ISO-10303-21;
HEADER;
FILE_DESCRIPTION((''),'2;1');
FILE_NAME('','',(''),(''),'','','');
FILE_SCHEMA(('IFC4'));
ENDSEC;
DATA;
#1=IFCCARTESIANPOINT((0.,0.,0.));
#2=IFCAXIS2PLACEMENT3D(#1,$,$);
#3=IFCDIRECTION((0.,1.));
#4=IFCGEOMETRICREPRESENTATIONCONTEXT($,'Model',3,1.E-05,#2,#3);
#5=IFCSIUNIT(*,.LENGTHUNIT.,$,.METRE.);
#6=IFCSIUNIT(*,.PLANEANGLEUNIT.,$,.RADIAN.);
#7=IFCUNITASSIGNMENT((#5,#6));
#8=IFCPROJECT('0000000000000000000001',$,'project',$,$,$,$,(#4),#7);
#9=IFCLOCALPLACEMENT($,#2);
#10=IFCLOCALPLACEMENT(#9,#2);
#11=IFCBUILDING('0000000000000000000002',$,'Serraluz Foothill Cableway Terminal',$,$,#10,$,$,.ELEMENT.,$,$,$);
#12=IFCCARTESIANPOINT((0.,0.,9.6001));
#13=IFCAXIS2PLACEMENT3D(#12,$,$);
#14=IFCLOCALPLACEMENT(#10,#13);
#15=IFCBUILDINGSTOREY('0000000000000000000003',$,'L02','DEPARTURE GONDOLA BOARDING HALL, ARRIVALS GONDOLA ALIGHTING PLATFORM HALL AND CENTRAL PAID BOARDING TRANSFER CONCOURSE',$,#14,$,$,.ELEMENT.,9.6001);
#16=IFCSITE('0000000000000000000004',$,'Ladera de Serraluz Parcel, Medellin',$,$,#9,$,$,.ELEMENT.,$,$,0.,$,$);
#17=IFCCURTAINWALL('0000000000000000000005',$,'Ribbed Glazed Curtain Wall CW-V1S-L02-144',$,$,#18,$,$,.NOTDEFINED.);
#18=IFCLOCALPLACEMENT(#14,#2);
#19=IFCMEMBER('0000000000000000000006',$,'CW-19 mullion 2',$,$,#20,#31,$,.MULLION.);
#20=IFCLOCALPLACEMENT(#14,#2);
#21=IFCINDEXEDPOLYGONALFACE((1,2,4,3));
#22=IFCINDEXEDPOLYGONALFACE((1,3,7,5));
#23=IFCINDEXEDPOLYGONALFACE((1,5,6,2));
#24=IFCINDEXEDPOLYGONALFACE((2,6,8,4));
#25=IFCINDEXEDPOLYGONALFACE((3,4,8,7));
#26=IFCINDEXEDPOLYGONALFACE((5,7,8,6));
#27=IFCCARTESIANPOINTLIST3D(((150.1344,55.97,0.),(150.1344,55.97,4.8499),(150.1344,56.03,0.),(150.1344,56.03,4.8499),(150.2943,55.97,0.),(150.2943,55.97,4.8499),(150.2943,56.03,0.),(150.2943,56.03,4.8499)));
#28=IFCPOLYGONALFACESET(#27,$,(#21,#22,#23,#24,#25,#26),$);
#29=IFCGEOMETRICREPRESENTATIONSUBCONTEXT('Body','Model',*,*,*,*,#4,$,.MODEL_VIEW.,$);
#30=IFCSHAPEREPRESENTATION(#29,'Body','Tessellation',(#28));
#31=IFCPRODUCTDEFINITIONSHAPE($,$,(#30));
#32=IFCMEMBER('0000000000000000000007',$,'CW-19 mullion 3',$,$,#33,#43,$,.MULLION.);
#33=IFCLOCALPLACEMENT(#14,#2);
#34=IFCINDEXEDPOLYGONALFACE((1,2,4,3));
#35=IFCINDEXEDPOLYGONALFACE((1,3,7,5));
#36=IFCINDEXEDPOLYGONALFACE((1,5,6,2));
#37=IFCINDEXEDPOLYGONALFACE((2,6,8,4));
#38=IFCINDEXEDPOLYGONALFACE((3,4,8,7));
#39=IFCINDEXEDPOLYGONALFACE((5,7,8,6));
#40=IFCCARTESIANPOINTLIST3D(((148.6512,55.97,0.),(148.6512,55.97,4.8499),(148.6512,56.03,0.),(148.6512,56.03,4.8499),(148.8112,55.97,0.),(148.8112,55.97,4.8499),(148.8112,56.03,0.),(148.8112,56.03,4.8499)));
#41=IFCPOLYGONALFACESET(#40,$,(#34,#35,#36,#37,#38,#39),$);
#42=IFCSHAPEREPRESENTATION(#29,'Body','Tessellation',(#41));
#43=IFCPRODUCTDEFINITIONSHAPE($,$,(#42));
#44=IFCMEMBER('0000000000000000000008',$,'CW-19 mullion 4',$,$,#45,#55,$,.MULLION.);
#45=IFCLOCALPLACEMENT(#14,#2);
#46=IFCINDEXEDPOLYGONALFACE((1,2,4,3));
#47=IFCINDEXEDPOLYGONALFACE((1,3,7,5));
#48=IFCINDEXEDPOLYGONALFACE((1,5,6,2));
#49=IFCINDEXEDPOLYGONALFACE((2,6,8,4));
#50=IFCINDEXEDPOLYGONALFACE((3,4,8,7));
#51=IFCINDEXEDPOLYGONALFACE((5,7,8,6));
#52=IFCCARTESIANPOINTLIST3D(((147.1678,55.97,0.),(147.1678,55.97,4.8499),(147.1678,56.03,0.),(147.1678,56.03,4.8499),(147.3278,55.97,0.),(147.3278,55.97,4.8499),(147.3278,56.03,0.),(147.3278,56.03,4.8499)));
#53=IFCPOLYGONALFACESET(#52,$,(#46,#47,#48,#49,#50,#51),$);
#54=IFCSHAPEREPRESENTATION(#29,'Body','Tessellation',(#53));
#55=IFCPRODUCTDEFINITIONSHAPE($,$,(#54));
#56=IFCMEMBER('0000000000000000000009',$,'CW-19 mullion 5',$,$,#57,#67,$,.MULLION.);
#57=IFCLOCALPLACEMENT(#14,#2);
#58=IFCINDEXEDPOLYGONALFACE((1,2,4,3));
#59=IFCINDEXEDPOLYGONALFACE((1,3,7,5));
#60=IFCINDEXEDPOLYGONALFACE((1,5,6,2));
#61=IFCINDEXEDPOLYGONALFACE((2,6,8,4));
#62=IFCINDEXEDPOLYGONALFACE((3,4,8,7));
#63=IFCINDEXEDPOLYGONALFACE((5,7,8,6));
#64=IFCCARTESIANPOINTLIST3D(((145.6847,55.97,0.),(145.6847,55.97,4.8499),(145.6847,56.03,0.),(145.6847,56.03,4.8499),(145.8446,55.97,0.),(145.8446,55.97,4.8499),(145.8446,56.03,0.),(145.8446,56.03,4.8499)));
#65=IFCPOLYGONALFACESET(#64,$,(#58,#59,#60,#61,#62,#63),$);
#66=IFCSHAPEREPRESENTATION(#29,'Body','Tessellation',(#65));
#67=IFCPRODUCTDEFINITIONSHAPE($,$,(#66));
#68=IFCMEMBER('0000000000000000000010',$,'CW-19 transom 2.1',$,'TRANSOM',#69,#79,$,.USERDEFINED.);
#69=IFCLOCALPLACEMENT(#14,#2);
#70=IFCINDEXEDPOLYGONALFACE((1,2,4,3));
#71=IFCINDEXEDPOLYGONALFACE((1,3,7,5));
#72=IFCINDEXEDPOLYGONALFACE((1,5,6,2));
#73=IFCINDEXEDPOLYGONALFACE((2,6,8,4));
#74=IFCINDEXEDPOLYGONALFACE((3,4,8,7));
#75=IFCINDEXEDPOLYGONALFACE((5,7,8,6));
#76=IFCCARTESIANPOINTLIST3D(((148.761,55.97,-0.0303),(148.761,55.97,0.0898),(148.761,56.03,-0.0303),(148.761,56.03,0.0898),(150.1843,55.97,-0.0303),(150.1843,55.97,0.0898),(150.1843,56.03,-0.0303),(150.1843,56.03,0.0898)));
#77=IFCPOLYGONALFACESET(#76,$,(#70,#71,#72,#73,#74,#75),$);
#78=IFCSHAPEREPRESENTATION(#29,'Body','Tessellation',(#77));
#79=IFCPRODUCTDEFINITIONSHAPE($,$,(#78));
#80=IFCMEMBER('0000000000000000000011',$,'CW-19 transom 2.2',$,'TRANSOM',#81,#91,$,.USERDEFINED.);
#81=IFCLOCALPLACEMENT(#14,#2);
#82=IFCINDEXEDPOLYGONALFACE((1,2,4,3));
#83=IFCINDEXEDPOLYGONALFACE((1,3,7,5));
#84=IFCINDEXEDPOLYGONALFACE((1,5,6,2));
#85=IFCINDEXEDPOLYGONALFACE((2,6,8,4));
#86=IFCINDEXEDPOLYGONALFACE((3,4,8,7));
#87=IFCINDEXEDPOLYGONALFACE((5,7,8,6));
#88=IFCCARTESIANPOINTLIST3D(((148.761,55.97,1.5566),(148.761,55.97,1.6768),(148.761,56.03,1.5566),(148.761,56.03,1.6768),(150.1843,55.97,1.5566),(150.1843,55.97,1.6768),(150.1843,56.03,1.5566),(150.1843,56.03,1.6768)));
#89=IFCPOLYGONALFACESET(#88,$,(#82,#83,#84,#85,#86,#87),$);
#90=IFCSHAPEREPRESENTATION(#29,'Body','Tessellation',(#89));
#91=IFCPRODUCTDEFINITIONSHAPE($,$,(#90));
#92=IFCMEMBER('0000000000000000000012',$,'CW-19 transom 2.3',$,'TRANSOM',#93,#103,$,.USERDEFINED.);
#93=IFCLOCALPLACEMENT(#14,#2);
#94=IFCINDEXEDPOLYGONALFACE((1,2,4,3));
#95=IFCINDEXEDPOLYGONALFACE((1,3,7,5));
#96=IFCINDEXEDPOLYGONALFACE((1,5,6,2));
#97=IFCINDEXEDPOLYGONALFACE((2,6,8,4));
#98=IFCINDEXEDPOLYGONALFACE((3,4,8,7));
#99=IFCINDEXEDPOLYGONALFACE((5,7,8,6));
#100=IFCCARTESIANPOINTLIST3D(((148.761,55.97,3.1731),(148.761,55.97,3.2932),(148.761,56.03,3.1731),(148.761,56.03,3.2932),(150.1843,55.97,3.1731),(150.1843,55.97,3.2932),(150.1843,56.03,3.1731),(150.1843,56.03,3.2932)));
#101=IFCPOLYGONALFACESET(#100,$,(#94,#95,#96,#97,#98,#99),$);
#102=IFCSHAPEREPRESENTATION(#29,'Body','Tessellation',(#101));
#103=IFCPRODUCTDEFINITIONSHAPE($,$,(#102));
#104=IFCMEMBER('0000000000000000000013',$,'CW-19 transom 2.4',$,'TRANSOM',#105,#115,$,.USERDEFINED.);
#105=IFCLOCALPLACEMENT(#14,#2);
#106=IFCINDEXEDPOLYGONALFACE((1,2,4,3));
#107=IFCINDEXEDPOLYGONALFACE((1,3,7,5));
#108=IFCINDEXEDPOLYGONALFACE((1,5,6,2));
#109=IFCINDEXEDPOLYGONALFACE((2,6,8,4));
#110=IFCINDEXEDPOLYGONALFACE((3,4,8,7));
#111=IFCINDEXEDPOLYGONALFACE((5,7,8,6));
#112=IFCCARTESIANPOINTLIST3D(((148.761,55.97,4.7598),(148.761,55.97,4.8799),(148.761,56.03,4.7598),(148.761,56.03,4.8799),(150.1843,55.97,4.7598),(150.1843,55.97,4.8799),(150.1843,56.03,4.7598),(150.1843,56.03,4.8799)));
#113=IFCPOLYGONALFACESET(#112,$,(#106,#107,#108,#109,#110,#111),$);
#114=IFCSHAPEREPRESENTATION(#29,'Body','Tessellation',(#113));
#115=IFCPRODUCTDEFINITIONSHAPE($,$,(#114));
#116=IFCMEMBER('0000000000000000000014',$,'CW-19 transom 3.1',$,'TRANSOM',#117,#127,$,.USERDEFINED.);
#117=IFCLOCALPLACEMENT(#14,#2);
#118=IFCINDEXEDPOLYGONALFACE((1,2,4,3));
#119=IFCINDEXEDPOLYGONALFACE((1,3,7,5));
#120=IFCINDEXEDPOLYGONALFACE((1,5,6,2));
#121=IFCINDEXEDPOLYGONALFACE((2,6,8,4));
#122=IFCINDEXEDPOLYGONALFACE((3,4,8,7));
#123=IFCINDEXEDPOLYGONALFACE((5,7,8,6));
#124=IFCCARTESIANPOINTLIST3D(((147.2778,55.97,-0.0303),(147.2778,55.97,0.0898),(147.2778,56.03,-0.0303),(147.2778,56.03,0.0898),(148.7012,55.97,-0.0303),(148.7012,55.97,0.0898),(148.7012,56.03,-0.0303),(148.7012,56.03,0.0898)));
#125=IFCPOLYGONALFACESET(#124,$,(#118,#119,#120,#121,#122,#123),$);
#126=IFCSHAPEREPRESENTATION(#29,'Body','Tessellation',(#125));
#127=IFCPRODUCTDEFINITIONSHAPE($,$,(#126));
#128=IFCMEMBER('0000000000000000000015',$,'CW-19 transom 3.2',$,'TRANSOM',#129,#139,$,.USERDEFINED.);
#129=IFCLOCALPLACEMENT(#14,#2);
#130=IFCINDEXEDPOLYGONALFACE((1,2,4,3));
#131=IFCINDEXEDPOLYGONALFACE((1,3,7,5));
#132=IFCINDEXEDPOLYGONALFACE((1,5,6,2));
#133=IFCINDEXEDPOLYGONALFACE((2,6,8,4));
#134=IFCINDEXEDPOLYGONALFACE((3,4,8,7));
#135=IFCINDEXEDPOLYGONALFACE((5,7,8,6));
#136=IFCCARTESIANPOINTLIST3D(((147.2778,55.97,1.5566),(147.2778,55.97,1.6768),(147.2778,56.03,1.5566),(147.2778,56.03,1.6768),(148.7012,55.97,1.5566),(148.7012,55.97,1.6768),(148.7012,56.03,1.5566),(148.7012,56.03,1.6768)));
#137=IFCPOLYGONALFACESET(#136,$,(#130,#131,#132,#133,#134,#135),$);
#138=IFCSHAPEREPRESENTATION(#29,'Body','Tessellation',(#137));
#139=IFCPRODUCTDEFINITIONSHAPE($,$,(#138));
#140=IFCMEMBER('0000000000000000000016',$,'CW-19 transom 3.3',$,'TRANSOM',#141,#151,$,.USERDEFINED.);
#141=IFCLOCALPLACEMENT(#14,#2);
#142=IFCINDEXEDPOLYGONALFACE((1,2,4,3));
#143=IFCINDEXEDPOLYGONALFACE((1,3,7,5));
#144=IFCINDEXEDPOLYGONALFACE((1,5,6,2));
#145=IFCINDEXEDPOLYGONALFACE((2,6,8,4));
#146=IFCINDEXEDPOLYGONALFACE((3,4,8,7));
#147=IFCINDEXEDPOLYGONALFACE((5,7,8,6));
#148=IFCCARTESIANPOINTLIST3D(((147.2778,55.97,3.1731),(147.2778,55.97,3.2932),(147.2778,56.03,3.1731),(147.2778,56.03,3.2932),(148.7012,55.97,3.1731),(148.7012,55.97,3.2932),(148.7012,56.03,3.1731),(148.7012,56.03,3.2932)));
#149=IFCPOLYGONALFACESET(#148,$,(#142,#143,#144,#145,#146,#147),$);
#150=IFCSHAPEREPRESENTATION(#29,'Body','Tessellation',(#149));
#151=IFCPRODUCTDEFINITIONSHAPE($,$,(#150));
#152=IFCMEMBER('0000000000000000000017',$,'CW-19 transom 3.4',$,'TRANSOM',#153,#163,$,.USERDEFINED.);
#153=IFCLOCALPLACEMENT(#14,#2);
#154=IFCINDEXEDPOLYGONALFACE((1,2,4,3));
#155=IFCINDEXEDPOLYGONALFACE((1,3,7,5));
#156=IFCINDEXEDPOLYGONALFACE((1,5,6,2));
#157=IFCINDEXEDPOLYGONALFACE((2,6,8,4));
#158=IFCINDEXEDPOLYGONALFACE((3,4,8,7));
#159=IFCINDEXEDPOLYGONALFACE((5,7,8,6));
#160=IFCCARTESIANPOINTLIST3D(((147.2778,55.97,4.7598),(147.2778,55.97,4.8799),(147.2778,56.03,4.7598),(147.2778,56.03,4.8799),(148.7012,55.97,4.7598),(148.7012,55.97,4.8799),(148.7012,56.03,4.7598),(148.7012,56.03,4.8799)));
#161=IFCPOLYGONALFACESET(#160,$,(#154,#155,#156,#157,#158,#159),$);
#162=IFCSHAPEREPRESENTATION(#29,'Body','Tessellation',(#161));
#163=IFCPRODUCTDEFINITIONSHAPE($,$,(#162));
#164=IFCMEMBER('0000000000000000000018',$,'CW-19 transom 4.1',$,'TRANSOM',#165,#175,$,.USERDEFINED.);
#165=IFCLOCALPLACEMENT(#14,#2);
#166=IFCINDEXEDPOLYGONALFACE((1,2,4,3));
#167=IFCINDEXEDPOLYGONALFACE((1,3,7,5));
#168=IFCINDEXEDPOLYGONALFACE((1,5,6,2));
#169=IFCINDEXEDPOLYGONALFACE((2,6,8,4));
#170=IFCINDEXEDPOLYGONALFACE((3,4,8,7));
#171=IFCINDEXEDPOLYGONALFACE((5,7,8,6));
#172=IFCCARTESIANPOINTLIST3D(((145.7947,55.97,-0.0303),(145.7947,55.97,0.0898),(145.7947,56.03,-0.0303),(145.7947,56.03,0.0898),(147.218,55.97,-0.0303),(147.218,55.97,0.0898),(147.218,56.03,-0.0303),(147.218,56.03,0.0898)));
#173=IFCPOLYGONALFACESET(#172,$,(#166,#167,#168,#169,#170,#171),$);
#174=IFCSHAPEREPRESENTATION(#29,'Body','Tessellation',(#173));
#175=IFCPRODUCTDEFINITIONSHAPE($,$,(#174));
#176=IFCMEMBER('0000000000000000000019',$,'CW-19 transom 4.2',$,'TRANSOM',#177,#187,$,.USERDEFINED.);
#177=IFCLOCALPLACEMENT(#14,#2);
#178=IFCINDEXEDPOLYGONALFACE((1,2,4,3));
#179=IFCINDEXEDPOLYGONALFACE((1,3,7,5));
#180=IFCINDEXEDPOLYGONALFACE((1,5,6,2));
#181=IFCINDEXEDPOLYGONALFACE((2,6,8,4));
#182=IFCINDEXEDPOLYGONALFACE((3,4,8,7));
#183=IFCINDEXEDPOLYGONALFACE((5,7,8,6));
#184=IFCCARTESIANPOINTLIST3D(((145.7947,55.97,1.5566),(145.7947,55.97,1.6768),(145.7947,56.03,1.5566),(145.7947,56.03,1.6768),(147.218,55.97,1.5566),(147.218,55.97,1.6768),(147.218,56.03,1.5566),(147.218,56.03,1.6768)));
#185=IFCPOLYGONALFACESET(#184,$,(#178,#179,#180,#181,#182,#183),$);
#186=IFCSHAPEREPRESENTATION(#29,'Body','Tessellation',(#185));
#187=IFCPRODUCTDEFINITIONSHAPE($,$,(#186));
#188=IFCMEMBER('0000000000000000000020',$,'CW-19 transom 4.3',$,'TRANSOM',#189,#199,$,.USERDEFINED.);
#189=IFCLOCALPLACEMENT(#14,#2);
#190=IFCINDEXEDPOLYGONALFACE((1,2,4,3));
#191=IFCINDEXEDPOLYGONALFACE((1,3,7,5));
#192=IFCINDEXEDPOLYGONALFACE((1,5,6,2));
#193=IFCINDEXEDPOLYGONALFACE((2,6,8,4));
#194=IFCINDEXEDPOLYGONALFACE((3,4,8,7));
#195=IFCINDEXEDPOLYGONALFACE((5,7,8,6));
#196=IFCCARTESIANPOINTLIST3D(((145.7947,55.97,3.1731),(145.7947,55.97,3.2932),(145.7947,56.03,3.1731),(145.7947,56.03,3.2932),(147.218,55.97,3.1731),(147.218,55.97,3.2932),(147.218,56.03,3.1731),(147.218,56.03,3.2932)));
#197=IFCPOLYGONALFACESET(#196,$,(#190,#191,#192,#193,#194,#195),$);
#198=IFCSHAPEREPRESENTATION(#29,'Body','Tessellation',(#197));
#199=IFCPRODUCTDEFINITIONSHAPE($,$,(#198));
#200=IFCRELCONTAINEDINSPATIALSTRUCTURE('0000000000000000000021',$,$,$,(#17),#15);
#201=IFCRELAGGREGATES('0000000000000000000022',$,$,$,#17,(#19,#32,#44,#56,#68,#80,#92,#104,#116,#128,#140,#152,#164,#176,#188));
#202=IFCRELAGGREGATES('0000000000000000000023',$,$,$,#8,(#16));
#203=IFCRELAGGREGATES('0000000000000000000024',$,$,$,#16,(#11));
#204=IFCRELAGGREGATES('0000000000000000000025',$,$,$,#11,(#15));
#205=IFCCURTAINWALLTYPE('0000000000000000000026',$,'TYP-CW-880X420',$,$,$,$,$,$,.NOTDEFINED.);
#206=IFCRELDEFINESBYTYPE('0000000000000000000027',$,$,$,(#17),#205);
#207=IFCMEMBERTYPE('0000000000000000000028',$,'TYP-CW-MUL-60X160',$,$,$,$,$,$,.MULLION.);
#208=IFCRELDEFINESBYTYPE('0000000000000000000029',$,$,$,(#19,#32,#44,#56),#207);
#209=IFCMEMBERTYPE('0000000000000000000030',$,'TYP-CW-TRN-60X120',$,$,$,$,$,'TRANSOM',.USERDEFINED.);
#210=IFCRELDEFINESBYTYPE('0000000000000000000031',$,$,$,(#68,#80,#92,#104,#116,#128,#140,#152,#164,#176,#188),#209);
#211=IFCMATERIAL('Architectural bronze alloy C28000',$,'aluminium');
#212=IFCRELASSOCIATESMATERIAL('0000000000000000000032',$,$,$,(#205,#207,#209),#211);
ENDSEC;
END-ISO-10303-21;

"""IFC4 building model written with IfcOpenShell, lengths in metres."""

from ifc_helpers import new_model, si_unit, direction, frame, origin, origin_2d, place, context, subcontext, project, spatial, rectangle, extrude, material, material_profile, profile_set, type_object, element, aggregate, save


model = new_model("IFC4")

# Units and contexts
model_context = context("Model", 3, precision=1e-05, world=origin(), true_north=direction((0.0, 1.0)))
body_context = subcontext(model_context, "Body", "Model", "MODEL_VIEW")
ifc_project = project(units=[si_unit("LENGTHUNIT", "METRE"), si_unit("PLANEANGLEUNIT", "RADIAN")], contexts=[model_context])

# Site, building, storey
site_placement = place(None, origin())
site = spatial("IfcSite", under=ifc_project, at=site_placement, Name="Ladera de Serraluz Parcel, Medellin", CompositionType="ELEMENT", RefElevation=0.0)
building_placement = place(site_placement, origin())
building = spatial("IfcBuilding", under=site, at=building_placement, Name="Serraluz Foothill Cableway Terminal", CompositionType="ELEMENT")
storey_placement = place(building_placement, frame((0.0, 0.0, 9.6001)))
storey = spatial("IfcBuildingStorey", under=building, at=storey_placement, Name="L02", Description="DEPARTURE GONDOLA BOARDING HALL, ARRIVALS GONDOLA ALIGHTING PLATFORM HALL AND CENTRAL PAID BOARDING TRANSFER CONCOURSE", CompositionType="ELEMENT", Elevation=9.6001)

# Curtain wall, members
ifc_material_1 = material(Name="Architectural bronze alloy C28000", Category="aluminium")
curtain_wall_type = type_object("IfcCurtainWallType", Name="TYP-CW-880X420", PredefinedType="NOTDEFINED", material=ifc_material_1)
curtain_wall_placement = place(storey_placement, origin())
curtain_wall = element("IfcCurtainWall", 1, at=curtain_wall_placement, inside=storey, type_object=curtain_wall_type, Name="Ribbed Glazed Curtain Wall CW-V1S-L02-144", PredefinedType="NOTDEFINED")
ifc_material_profile_1 = material_profile(ifc_material_1, rectangle(XDim=0.0601, YDim=0.1599, at=origin_2d()), Name="ALU MULLION 60x160")
ifc_profile_set_1 = profile_set([ifc_material_profile_1], Name="Architectural bronze alloy C28000")
member_type_1 = type_object("IfcMemberType", Name="TYP-CW-MUL-60X160", PredefinedType="MULLION", material=ifc_profile_set_1)
member_1_placement = place(storey_placement, frame((150.2144, 56.0, 0.0), z_axis=(0.0, 0.0, 1.0), x_axis=(0.0, -1.0, 0.0)))
member_1 = element("IfcMember", 2, at=member_1_placement, type_object=member_type_1, Name="CW-19 mullion 2", PredefinedType="MULLION", context=body_context, shape_type="SweptSolid", body=[
    extrude(rectangle(XDim=0.0601, YDim=0.1599, at=origin_2d()), origin(), (0.0, 0.0, 1.0), 4.8499),
])
member_2_placement = place(storey_placement, frame((148.7312, 56.0, 0.0), z_axis=(0.0, 0.0, 1.0), x_axis=(0.0, -1.0, 0.0)))
member_2 = element("IfcMember", 3, at=member_2_placement, type_object=member_type_1, Name="CW-19 mullion 3", PredefinedType="MULLION", context=body_context, shape_type="SweptSolid", body=[
    extrude(rectangle(XDim=0.0601, YDim=0.1599, at=origin_2d()), origin(), (0.0, 0.0, 1.0), 4.8499),
])
member_3_placement = place(storey_placement, frame((147.2478, 56.0, 0.0), z_axis=(0.0, 0.0, 1.0), x_axis=(0.0, -1.0, 0.0)))
member_3 = element("IfcMember", 4, at=member_3_placement, type_object=member_type_1, Name="CW-19 mullion 4", PredefinedType="MULLION", context=body_context, shape_type="SweptSolid", body=[
    extrude(rectangle(XDim=0.0601, YDim=0.1599, at=origin_2d()), origin(), (0.0, 0.0, 1.0), 4.8499),
])
member_4_placement = place(storey_placement, frame((145.7646, 56.0, 0.0), z_axis=(0.0, 0.0, 1.0), x_axis=(0.0, -1.0, 0.0)))
member_4 = element("IfcMember", 5, at=member_4_placement, type_object=member_type_1, Name="CW-19 mullion 5", PredefinedType="MULLION", context=body_context, shape_type="SweptSolid", body=[
    extrude(rectangle(XDim=0.0601, YDim=0.1599, at=origin_2d()), origin(), (0.0, 0.0, 1.0), 4.8499),
])
ifc_material_profile_2 = material_profile(ifc_material_1, rectangle(XDim=0.0601, YDim=0.1201, at=origin_2d()), Name="ALU TRANSOM 60x120")
ifc_profile_set_2 = profile_set([ifc_material_profile_2], Name="Architectural bronze alloy C28000")
member_type_2 = type_object("IfcMemberType", Name="TYP-CW-TRN-60X120", ElementType="TRANSOM", PredefinedType="USERDEFINED", material=ifc_profile_set_2)
member_5_placement = place(storey_placement, frame((150.1843, 56.0, 0.0298), z_axis=(-1.0, 0.0, 0.0), x_axis=(0.0, -1.0, 0.0)))
member_5 = element("IfcMember", 6, at=member_5_placement, type_object=member_type_2, Name="CW-19 transom 2.1", ObjectType="TRANSOM", PredefinedType="USERDEFINED", context=body_context, shape_type="SweptSolid", body=[
    extrude(rectangle(XDim=0.0601, YDim=0.1201, at=origin_2d()), origin(), (0.0, 0.0, 1.0), 1.4233),
])
member_6_placement = place(storey_placement, frame((150.1843, 56.0, 1.6167), z_axis=(-1.0, 0.0, 0.0), x_axis=(0.0, -1.0, 0.0)))
member_6 = element("IfcMember", 7, at=member_6_placement, type_object=member_type_2, Name="CW-19 transom 2.2", ObjectType="TRANSOM", PredefinedType="USERDEFINED", context=body_context, shape_type="SweptSolid", body=[
    extrude(rectangle(XDim=0.0601, YDim=0.1201, at=origin_2d()), origin(), (0.0, 0.0, 1.0), 1.4233),
])
member_7_placement = place(storey_placement, frame((150.1843, 56.0, 3.2332), z_axis=(-1.0, 0.0, 0.0), x_axis=(0.0, -1.0, 0.0)))
member_7 = element("IfcMember", 8, at=member_7_placement, type_object=member_type_2, Name="CW-19 transom 2.3", ObjectType="TRANSOM", PredefinedType="USERDEFINED", context=body_context, shape_type="SweptSolid", body=[
    extrude(rectangle(XDim=0.0601, YDim=0.1201, at=origin_2d()), origin(), (0.0, 0.0, 1.0), 1.4233),
])
member_8_placement = place(storey_placement, frame((150.1843, 56.0, 4.8198), z_axis=(-1.0, 0.0, 0.0), x_axis=(0.0, -1.0, 0.0)))
member_8 = element("IfcMember", 9, at=member_8_placement, type_object=member_type_2, Name="CW-19 transom 2.4", ObjectType="TRANSOM", PredefinedType="USERDEFINED", context=body_context, shape_type="SweptSolid", body=[
    extrude(rectangle(XDim=0.0601, YDim=0.1201, at=origin_2d()), origin(), (0.0, 0.0, 1.0), 1.4233),
])
member_9_placement = place(storey_placement, frame((148.7012, 56.0, 0.0298), z_axis=(-1.0, 0.0, 0.0), x_axis=(0.0, -1.0, 0.0)))
member_9 = element("IfcMember", 10, at=member_9_placement, type_object=member_type_2, Name="CW-19 transom 3.1", ObjectType="TRANSOM", PredefinedType="USERDEFINED", context=body_context, shape_type="SweptSolid", body=[
    extrude(rectangle(XDim=0.0601, YDim=0.1201, at=origin_2d()), origin(), (0.0, 0.0, 1.0), 1.4233),
])
member_10_placement = place(storey_placement, frame((148.7012, 56.0, 1.6167), z_axis=(-1.0, 0.0, 0.0), x_axis=(0.0, -1.0, 0.0)))
member_10 = element("IfcMember", 11, at=member_10_placement, type_object=member_type_2, Name="CW-19 transom 3.2", ObjectType="TRANSOM", PredefinedType="USERDEFINED", context=body_context, shape_type="SweptSolid", body=[
    extrude(rectangle(XDim=0.0601, YDim=0.1201, at=origin_2d()), origin(), (0.0, 0.0, 1.0), 1.4233),
])
member_11_placement = place(storey_placement, frame((148.7012, 56.0, 3.2332), z_axis=(-1.0, 0.0, 0.0), x_axis=(0.0, -1.0, 0.0)))
member_11 = element("IfcMember", 12, at=member_11_placement, type_object=member_type_2, Name="CW-19 transom 3.3", ObjectType="TRANSOM", PredefinedType="USERDEFINED", context=body_context, shape_type="SweptSolid", body=[
    extrude(rectangle(XDim=0.0601, YDim=0.1201, at=origin_2d()), origin(), (0.0, 0.0, 1.0), 1.4233),
])
member_12_placement = place(storey_placement, frame((148.7012, 56.0, 4.8198), z_axis=(-1.0, 0.0, 0.0), x_axis=(0.0, -1.0, 0.0)))
member_12 = element("IfcMember", 13, at=member_12_placement, type_object=member_type_2, Name="CW-19 transom 3.4", ObjectType="TRANSOM", PredefinedType="USERDEFINED", context=body_context, shape_type="SweptSolid", body=[
    extrude(rectangle(XDim=0.0601, YDim=0.1201, at=origin_2d()), origin(), (0.0, 0.0, 1.0), 1.4233),
])
member_13_placement = place(storey_placement, frame((147.218, 56.0, 0.0298), z_axis=(-1.0, 0.0, 0.0), x_axis=(0.0, -1.0, 0.0)))
member_13 = element("IfcMember", 14, at=member_13_placement, type_object=member_type_2, Name="CW-19 transom 4.1", ObjectType="TRANSOM", PredefinedType="USERDEFINED", context=body_context, shape_type="SweptSolid", body=[
    extrude(rectangle(XDim=0.0601, YDim=0.1201, at=origin_2d()), origin(), (0.0, 0.0, 1.0), 1.4233),
])
member_14_placement = place(storey_placement, frame((147.218, 56.0, 1.6167), z_axis=(-1.0, 0.0, 0.0), x_axis=(0.0, -1.0, 0.0)))
member_14 = element("IfcMember", 15, at=member_14_placement, type_object=member_type_2, Name="CW-19 transom 4.2", ObjectType="TRANSOM", PredefinedType="USERDEFINED", context=body_context, shape_type="SweptSolid", body=[
    extrude(rectangle(XDim=0.0601, YDim=0.1201, at=origin_2d()), origin(), (0.0, 0.0, 1.0), 1.4233),
])
member_15_placement = place(storey_placement, frame((147.218, 56.0, 3.2332), z_axis=(-1.0, 0.0, 0.0), x_axis=(0.0, -1.0, 0.0)))
member_15 = element("IfcMember", 16, at=member_15_placement, type_object=member_type_2, Name="CW-19 transom 4.3", ObjectType="TRANSOM", PredefinedType="USERDEFINED", context=body_context, shape_type="SweptSolid", body=[
    extrude(rectangle(XDim=0.0601, YDim=0.1201, at=origin_2d()), origin(), (0.0, 0.0, 1.0), 1.4233),
])
aggregate(curtain_wall, [member_1, member_2, member_3, member_4, member_5, member_6, member_7, member_8, member_9, member_10, member_11, member_12, member_13, member_14, member_15])

save(model, "model.ifc")
